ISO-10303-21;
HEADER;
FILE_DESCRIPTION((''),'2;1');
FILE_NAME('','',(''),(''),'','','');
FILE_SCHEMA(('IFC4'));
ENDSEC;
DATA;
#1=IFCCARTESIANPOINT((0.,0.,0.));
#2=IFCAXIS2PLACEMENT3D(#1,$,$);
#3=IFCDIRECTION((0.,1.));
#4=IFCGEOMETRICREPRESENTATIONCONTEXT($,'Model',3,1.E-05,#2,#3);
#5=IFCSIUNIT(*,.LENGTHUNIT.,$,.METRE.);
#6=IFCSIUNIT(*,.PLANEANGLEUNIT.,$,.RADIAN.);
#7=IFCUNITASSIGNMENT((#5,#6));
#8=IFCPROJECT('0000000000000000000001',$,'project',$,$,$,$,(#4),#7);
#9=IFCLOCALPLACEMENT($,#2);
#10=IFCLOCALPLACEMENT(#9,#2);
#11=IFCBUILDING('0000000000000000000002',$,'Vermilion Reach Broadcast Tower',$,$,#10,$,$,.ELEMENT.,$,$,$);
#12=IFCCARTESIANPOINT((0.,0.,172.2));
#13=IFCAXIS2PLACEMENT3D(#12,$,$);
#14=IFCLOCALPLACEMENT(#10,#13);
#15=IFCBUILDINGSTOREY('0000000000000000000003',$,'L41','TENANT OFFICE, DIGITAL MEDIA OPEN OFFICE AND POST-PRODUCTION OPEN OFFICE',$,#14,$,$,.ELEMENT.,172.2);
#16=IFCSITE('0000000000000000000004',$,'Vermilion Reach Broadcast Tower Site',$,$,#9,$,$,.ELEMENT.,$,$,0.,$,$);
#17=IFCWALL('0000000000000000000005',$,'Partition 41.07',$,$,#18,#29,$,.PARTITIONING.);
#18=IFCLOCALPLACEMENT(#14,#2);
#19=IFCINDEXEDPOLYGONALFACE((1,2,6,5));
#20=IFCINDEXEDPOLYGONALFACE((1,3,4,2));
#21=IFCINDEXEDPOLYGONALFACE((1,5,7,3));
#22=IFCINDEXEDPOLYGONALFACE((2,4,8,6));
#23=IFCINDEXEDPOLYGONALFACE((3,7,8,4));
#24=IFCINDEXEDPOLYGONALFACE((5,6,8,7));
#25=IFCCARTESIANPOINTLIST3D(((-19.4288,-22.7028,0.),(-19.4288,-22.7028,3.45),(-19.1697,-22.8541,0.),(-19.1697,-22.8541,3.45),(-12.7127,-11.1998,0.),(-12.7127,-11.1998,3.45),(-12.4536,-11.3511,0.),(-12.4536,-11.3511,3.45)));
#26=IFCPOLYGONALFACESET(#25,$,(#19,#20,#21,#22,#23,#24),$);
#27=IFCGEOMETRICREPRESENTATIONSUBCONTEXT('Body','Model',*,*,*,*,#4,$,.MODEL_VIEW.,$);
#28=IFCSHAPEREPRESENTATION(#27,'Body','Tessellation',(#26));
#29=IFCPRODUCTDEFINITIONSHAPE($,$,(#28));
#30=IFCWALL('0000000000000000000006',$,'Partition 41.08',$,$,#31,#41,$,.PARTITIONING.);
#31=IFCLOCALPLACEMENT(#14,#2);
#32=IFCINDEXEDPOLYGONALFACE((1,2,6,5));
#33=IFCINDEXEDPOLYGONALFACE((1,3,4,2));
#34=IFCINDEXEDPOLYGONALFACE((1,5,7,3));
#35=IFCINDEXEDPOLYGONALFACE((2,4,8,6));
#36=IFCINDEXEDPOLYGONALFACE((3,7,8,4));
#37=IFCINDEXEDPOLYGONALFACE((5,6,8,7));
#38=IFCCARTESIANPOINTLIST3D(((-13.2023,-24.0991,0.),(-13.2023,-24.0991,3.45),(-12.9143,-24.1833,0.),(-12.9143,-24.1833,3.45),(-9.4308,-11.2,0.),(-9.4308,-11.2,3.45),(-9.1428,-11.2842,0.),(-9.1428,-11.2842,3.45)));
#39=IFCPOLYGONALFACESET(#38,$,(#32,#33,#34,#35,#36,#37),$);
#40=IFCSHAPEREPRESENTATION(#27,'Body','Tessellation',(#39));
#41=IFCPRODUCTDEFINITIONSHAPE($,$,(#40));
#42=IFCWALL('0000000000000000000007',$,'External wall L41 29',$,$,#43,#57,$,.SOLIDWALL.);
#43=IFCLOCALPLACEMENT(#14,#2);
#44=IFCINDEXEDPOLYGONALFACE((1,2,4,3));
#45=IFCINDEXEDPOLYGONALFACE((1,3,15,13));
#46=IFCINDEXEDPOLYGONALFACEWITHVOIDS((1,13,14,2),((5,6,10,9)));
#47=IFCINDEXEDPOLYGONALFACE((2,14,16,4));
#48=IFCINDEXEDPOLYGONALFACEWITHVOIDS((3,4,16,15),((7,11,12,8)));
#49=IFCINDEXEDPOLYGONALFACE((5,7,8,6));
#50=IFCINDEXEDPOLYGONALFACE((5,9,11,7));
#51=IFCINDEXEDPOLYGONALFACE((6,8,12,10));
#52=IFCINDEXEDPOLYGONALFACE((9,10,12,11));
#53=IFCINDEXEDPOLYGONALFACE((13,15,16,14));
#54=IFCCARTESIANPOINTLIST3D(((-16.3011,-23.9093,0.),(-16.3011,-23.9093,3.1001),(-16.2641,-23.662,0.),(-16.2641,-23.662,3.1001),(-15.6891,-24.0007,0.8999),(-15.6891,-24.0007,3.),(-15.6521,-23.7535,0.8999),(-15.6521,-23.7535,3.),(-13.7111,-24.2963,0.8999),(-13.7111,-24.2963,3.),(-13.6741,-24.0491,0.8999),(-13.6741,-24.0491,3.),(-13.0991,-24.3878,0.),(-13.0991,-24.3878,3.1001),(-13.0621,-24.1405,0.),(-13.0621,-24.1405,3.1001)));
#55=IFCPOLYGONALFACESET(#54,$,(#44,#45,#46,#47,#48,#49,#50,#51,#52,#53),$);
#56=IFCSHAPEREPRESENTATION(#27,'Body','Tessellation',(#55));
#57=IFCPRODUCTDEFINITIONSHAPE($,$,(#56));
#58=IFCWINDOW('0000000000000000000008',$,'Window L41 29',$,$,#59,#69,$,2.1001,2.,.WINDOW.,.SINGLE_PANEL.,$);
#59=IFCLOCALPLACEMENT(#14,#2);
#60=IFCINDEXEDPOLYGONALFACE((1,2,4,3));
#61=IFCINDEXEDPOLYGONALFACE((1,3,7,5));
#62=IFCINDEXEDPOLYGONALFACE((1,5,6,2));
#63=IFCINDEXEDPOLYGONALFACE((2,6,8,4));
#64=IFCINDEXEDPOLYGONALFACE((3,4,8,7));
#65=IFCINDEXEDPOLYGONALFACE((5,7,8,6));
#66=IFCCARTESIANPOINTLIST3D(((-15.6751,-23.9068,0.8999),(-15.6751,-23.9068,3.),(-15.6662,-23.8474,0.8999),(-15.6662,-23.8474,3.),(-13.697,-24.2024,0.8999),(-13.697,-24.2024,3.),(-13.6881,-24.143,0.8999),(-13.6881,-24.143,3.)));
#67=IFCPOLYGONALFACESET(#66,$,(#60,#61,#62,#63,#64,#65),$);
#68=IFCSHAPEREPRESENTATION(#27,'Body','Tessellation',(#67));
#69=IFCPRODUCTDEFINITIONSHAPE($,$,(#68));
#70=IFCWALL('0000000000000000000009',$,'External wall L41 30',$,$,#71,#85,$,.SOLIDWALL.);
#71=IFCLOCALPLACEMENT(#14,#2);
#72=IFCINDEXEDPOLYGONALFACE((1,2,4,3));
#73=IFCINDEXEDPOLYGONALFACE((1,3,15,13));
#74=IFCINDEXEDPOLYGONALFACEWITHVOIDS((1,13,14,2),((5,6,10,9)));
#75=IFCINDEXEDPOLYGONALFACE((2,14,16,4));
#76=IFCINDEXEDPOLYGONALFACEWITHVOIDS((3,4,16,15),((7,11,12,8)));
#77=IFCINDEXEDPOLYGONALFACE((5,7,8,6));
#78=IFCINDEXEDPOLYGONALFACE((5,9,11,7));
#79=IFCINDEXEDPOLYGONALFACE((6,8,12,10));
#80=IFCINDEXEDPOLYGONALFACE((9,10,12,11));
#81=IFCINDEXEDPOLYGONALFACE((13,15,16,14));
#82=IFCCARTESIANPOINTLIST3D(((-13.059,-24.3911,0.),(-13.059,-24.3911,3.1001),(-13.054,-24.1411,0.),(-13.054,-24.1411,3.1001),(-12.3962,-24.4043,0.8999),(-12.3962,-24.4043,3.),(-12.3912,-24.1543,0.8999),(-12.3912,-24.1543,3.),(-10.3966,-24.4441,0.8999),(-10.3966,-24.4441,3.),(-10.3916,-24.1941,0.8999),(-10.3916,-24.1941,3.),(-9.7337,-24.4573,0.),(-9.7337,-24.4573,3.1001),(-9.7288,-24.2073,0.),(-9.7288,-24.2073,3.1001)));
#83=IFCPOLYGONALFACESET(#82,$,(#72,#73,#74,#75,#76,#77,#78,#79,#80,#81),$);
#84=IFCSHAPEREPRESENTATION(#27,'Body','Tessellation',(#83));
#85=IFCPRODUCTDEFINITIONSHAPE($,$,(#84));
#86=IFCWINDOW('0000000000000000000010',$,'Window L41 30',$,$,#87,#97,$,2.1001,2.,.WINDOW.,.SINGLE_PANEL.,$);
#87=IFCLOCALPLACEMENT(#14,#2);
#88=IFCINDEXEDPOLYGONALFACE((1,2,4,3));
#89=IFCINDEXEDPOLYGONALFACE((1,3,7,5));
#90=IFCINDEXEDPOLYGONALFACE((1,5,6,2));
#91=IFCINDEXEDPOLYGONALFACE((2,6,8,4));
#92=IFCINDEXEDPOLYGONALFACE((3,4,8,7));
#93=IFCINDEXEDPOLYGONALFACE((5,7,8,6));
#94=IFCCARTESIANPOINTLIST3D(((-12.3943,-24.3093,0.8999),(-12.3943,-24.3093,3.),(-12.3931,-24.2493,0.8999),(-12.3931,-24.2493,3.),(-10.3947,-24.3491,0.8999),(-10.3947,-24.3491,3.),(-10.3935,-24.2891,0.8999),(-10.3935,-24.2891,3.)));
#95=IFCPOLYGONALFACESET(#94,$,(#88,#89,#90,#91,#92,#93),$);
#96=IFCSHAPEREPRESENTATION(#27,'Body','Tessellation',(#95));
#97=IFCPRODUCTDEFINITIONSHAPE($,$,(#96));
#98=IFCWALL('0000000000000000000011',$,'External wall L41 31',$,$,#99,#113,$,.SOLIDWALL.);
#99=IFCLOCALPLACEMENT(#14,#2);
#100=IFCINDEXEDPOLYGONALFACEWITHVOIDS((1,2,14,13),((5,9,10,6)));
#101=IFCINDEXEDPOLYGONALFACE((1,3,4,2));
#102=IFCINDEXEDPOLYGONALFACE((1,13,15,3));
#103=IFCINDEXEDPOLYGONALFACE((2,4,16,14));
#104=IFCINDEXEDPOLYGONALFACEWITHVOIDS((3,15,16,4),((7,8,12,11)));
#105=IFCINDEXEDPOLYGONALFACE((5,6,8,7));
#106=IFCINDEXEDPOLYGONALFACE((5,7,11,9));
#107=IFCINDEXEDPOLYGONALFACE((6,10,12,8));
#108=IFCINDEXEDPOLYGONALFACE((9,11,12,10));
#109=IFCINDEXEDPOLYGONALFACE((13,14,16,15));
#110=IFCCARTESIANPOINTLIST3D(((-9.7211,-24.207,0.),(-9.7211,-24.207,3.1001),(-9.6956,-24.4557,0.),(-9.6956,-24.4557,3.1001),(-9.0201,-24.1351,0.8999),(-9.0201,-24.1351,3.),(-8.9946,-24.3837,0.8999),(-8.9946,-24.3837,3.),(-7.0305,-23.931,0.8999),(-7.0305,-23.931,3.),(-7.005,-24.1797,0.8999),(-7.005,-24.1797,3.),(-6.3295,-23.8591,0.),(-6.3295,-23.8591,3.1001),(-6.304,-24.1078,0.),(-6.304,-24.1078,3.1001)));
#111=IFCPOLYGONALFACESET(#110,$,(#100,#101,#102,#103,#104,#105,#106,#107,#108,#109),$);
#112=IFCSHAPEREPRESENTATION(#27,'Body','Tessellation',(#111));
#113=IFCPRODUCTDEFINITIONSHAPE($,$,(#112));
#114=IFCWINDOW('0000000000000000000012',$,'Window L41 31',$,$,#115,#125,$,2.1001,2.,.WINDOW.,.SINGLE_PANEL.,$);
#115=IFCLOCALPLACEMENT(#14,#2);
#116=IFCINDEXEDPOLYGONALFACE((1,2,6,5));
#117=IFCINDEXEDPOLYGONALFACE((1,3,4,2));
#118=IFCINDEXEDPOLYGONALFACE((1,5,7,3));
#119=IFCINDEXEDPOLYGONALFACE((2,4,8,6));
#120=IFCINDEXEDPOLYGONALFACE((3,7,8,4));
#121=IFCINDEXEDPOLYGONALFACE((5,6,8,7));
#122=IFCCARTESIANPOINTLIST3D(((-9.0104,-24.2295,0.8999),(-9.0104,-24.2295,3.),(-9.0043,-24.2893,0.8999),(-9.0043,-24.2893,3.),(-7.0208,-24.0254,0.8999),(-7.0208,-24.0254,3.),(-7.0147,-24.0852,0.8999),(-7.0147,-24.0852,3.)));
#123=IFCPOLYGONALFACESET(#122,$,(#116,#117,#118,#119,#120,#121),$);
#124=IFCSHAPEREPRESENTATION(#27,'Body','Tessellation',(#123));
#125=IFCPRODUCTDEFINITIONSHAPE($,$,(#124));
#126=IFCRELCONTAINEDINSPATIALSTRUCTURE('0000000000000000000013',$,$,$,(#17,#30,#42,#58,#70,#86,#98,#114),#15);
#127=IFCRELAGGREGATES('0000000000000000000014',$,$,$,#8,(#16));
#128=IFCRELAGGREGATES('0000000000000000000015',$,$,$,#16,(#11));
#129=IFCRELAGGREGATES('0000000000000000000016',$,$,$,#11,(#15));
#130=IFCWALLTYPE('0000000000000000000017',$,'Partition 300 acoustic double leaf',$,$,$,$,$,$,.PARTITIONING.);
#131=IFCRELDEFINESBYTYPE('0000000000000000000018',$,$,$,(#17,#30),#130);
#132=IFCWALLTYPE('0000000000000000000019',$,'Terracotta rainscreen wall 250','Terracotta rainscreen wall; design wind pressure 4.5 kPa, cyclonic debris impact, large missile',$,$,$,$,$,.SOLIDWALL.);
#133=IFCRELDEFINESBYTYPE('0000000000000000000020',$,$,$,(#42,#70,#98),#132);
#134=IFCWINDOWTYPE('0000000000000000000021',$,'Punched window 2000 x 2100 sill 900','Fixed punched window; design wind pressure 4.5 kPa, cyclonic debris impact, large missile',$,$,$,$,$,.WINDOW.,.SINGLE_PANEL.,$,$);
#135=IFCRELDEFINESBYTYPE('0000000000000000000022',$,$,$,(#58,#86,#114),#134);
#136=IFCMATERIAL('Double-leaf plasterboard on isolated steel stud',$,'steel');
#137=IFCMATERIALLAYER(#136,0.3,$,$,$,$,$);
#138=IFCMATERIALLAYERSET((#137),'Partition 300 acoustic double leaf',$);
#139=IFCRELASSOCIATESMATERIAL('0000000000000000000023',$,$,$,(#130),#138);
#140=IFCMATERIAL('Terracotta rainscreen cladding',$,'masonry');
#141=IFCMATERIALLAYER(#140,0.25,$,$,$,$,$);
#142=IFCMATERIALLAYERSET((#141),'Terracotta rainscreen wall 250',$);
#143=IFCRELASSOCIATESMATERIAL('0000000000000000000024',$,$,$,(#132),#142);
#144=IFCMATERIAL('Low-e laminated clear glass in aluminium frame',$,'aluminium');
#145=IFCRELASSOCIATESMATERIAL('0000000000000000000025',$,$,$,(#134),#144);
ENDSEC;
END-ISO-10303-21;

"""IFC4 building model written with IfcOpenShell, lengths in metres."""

from ifc_helpers import new_model, si_unit, direction, frame, frame_2d, origin, place, context, subcontext, project, spatial, rectangle, extrude, material, layer, layer_set, type_object, element, fill, save


model = new_model("IFC4")

# Units and contexts
model_context = context("Model", 3, precision=1e-05, world=origin(), true_north=direction((0.0, 1.0)))
body_context = subcontext(model_context, "Body", "Model", "MODEL_VIEW")
ifc_project = project(units=[si_unit("LENGTHUNIT", "METRE"), si_unit("PLANEANGLEUNIT", "RADIAN")], contexts=[model_context])

# Site, building, storey
site_placement = place(None, origin())
site = spatial("IfcSite", under=ifc_project, at=site_placement, Name="Vermilion Reach Broadcast Tower Site", CompositionType="ELEMENT", RefElevation=0.0)
building_placement = place(site_placement, origin())
building = spatial("IfcBuilding", under=site, at=building_placement, Name="Vermilion Reach Broadcast Tower", CompositionType="ELEMENT")
storey_placement = place(building_placement, frame((0.0, 0.0, 172.2)))
storey = spatial("IfcBuildingStorey", under=building, at=storey_placement, Name="L41", Description="TENANT OFFICE, DIGITAL MEDIA OPEN OFFICE AND POST-PRODUCTION OPEN OFFICE", CompositionType="ELEMENT", Elevation=172.2)

# Walls
ifc_material_1 = material(Name="Double-leaf plasterboard on isolated steel stud", Category="steel")
ifc_layer_1 = layer(ifc_material_1, 0.3)
ifc_layer_set_1 = layer_set([ifc_layer_1], Name="Partition 300 acoustic double leaf")
wall_type_1 = type_object("IfcWallType", Name="Partition 300 acoustic double leaf", PredefinedType="PARTITIONING", material=ifc_layer_set_1)
wall_1_placement = place(storey_placement, frame((-19.2993, -22.7786, 0.0), z_axis=(0.0, 0.0, 1.0), x_axis=(0.504208, 0.863582, 0.0)))
element("IfcWall", 1, at=wall_1_placement, inside=storey, type_object=wall_type_1, Name="Partition 41.07", PredefinedType="PARTITIONING", context=body_context, shape_type="SweptSolid", body=[
    extrude(rectangle(XDim=13.3201, YDim=0.3, at=frame_2d((6.6602, 0.0))), origin(), (0.0, 0.0, 1.0), 3.45),
])
wall_2_placement = place(storey_placement, frame((-13.0583, -24.1414, 0.0), z_axis=(0.0, 0.0, 1.0), x_axis=(0.280633, 0.959815, 0.0)))
element("IfcWall", 2, at=wall_2_placement, inside=storey, type_object=wall_type_1, Name="Partition 41.08", PredefinedType="PARTITIONING", context=body_context, shape_type="SweptSolid", body=[
    extrude(rectangle(XDim=13.4392, YDim=0.3, at=frame_2d((6.7197, 0.0))), origin(), (0.0, 0.0, 1.0), 3.45),
])

# Shared definitions
ifc_material_2 = material(Name="Terracotta rainscreen cladding", Category="masonry")
ifc_layer_2 = layer(ifc_material_2, 0.25)
ifc_layer_set_2 = layer_set([ifc_layer_2], Name="Terracotta rainscreen wall 250")
wall_type_2 = type_object("IfcWallType", Name="Terracotta rainscreen wall 250", Description="Terracotta rainscreen wall; design wind pressure 4.5 kPa, cyclonic debris impact, large missile", PredefinedType="SOLIDWALL", material=ifc_layer_set_2)

# Walls, openings, windows
wall_3_placement = place(storey_placement, frame((-16.2825, -23.7856, 0.0), z_axis=(0.0, 0.0, 1.0), x_axis=(0.989016, -0.147806, 0.0)))
wall_3 = element("IfcWall", 3, at=wall_3_placement, inside=storey, type_object=wall_type_2, Name="External wall L41 29", PredefinedType="SOLIDWALL", context=body_context, shape_type="SweptSolid", body=[
    extrude(rectangle(XDim=3.2375, YDim=0.25, at=frame_2d((1.6187, 0.0))), origin(), (0.0, 0.0, 1.0), 3.1001),
])
opening_1_placement = place(wall_3_placement, frame((0.6187, 0.0, 0.8999)))
opening_1 = element("IfcOpeningElement", 4, at=opening_1_placement, cuts=wall_3, PredefinedType="OPENING", context=body_context, shape_type="SweptSolid", body=[
    extrude(rectangle(XDim=2.0, YDim=2.1001, at=frame_2d((1.0, 1.05))), frame((0.0, 0.135, 0.0), z_axis=(0.0, -1.0, 0.0), x_axis=(1.0, 0.0, 0.0)), (0.0, 0.0, 1.0), 0.27),
])
ifc_material_3 = material(Name="Low-e laminated clear glass in aluminium frame", Category="aluminium")
window_type = type_object("IfcWindowType", Name="Punched window 2000 x 2100 sill 900", Description="Fixed punched window; design wind pressure 4.5 kPa, cyclonic debris impact, large missile", PartitioningType="SINGLE_PANEL", PredefinedType="WINDOW", material=ifc_material_3)
window_1_placement = place(opening_1_placement, origin())
window_1 = element("IfcWindow", 5, at=window_1_placement, inside=storey, type_object=window_type, Name="Window L41 29", OverallHeight=2.1001, OverallWidth=2.0, PartitioningType="SINGLE_PANEL", PredefinedType="WINDOW", context=body_context, shape_type="SweptSolid", body=[
    extrude(rectangle(XDim=2.0, YDim=2.1001, at=frame_2d((1.0, 1.05))), frame((0.0, 0.03, 0.0), z_axis=(0.0, -1.0, 0.0), x_axis=(1.0, 0.0, 0.0)), (0.0, 0.0, 1.0), 0.0601),
])
fill(opening_1, window_1)
wall_4_placement = place(storey_placement, frame((-13.0566, -24.2661, 0.0), z_axis=(0.0, 0.0, 1.0), x_axis=(0.999802, -0.019893, 0.0)))
wall_4 = element("IfcWall", 6, at=wall_4_placement, inside=storey, type_object=wall_type_2, Name="External wall L41 30", PredefinedType="SOLIDWALL", context=body_context, shape_type="SweptSolid", body=[
    extrude(rectangle(XDim=3.3259, YDim=0.25, at=frame_2d((1.6631, 0.0))), origin(), (0.0, 0.0, 1.0), 3.1001),
])
opening_2_placement = place(wall_4_placement, frame((0.6631, 0.0, 0.8999)))
opening_2 = element("IfcOpeningElement", 7, at=opening_2_placement, cuts=wall_4, PredefinedType="OPENING", context=body_context, shape_type="SweptSolid", body=[
    extrude(rectangle(XDim=2.0, YDim=2.1001, at=frame_2d((1.0, 1.05))), frame((0.0, 0.135, 0.0), z_axis=(0.0, -1.0, 0.0), x_axis=(1.0, 0.0, 0.0)), (0.0, 0.0, 1.0), 0.27),
])
window_2_placement = place(opening_2_placement, origin())
window_2 = element("IfcWindow", 8, at=window_2_placement, inside=storey, type_object=window_type, Name="Window L41 30", OverallHeight=2.1001, OverallWidth=2.0, PartitioningType="SINGLE_PANEL", PredefinedType="WINDOW", context=body_context, shape_type="SweptSolid", body=[
    extrude(rectangle(XDim=2.0, YDim=2.1001, at=frame_2d((1.0, 1.05))), frame((0.0, 0.03, 0.0), z_axis=(0.0, -1.0, 0.0), x_axis=(1.0, 0.0, 0.0)), (0.0, 0.0, 1.0), 0.0601),
])
fill(opening_2, window_2)
wall_5_placement = place(storey_placement, frame((-9.7083, -24.3313, 0.0), z_axis=(0.0, 0.0, 1.0), x_axis=(0.99478, 0.102042, 0.0)))
wall_5 = element("IfcWall", 9, at=wall_5_placement, inside=storey, type_object=wall_type_2, Name="External wall L41 31", PredefinedType="SOLIDWALL", context=body_context, shape_type="SweptSolid", body=[
    extrude(rectangle(XDim=3.4094, YDim=0.25, at=frame_2d((1.7046, 0.0))), origin(), (0.0, 0.0, 1.0), 3.1001),
])
opening_3_placement = place(wall_5_placement, frame((0.7046, 0.0, 0.8999)))
opening_3 = element("IfcOpeningElement", 10, at=opening_3_placement, cuts=wall_5, PredefinedType="OPENING", context=body_context, shape_type="SweptSolid", body=[
    extrude(rectangle(XDim=2.0, YDim=2.1001, at=frame_2d((1.0, 1.05))), frame((0.0, 0.135, 0.0), z_axis=(0.0, -1.0, 0.0), x_axis=(1.0, 0.0, 0.0)), (0.0, 0.0, 1.0), 0.27),
])
window_3_placement = place(opening_3_placement, origin())
window_3 = element("IfcWindow", 11, at=window_3_placement, inside=storey, type_object=window_type, Name="Window L41 31", OverallHeight=2.1001, OverallWidth=2.0, PartitioningType="SINGLE_PANEL", PredefinedType="WINDOW", context=body_context, shape_type="SweptSolid", body=[
    extrude(rectangle(XDim=2.0, YDim=2.1001, at=frame_2d((1.0, 1.05))), frame((0.0, 0.03, 0.0), z_axis=(0.0, -1.0, 0.0), x_axis=(1.0, 0.0, 0.0)), (0.0, 0.0, 1.0), 0.0601),
])
fill(opening_3, window_3)

save(model, "model.ifc")
